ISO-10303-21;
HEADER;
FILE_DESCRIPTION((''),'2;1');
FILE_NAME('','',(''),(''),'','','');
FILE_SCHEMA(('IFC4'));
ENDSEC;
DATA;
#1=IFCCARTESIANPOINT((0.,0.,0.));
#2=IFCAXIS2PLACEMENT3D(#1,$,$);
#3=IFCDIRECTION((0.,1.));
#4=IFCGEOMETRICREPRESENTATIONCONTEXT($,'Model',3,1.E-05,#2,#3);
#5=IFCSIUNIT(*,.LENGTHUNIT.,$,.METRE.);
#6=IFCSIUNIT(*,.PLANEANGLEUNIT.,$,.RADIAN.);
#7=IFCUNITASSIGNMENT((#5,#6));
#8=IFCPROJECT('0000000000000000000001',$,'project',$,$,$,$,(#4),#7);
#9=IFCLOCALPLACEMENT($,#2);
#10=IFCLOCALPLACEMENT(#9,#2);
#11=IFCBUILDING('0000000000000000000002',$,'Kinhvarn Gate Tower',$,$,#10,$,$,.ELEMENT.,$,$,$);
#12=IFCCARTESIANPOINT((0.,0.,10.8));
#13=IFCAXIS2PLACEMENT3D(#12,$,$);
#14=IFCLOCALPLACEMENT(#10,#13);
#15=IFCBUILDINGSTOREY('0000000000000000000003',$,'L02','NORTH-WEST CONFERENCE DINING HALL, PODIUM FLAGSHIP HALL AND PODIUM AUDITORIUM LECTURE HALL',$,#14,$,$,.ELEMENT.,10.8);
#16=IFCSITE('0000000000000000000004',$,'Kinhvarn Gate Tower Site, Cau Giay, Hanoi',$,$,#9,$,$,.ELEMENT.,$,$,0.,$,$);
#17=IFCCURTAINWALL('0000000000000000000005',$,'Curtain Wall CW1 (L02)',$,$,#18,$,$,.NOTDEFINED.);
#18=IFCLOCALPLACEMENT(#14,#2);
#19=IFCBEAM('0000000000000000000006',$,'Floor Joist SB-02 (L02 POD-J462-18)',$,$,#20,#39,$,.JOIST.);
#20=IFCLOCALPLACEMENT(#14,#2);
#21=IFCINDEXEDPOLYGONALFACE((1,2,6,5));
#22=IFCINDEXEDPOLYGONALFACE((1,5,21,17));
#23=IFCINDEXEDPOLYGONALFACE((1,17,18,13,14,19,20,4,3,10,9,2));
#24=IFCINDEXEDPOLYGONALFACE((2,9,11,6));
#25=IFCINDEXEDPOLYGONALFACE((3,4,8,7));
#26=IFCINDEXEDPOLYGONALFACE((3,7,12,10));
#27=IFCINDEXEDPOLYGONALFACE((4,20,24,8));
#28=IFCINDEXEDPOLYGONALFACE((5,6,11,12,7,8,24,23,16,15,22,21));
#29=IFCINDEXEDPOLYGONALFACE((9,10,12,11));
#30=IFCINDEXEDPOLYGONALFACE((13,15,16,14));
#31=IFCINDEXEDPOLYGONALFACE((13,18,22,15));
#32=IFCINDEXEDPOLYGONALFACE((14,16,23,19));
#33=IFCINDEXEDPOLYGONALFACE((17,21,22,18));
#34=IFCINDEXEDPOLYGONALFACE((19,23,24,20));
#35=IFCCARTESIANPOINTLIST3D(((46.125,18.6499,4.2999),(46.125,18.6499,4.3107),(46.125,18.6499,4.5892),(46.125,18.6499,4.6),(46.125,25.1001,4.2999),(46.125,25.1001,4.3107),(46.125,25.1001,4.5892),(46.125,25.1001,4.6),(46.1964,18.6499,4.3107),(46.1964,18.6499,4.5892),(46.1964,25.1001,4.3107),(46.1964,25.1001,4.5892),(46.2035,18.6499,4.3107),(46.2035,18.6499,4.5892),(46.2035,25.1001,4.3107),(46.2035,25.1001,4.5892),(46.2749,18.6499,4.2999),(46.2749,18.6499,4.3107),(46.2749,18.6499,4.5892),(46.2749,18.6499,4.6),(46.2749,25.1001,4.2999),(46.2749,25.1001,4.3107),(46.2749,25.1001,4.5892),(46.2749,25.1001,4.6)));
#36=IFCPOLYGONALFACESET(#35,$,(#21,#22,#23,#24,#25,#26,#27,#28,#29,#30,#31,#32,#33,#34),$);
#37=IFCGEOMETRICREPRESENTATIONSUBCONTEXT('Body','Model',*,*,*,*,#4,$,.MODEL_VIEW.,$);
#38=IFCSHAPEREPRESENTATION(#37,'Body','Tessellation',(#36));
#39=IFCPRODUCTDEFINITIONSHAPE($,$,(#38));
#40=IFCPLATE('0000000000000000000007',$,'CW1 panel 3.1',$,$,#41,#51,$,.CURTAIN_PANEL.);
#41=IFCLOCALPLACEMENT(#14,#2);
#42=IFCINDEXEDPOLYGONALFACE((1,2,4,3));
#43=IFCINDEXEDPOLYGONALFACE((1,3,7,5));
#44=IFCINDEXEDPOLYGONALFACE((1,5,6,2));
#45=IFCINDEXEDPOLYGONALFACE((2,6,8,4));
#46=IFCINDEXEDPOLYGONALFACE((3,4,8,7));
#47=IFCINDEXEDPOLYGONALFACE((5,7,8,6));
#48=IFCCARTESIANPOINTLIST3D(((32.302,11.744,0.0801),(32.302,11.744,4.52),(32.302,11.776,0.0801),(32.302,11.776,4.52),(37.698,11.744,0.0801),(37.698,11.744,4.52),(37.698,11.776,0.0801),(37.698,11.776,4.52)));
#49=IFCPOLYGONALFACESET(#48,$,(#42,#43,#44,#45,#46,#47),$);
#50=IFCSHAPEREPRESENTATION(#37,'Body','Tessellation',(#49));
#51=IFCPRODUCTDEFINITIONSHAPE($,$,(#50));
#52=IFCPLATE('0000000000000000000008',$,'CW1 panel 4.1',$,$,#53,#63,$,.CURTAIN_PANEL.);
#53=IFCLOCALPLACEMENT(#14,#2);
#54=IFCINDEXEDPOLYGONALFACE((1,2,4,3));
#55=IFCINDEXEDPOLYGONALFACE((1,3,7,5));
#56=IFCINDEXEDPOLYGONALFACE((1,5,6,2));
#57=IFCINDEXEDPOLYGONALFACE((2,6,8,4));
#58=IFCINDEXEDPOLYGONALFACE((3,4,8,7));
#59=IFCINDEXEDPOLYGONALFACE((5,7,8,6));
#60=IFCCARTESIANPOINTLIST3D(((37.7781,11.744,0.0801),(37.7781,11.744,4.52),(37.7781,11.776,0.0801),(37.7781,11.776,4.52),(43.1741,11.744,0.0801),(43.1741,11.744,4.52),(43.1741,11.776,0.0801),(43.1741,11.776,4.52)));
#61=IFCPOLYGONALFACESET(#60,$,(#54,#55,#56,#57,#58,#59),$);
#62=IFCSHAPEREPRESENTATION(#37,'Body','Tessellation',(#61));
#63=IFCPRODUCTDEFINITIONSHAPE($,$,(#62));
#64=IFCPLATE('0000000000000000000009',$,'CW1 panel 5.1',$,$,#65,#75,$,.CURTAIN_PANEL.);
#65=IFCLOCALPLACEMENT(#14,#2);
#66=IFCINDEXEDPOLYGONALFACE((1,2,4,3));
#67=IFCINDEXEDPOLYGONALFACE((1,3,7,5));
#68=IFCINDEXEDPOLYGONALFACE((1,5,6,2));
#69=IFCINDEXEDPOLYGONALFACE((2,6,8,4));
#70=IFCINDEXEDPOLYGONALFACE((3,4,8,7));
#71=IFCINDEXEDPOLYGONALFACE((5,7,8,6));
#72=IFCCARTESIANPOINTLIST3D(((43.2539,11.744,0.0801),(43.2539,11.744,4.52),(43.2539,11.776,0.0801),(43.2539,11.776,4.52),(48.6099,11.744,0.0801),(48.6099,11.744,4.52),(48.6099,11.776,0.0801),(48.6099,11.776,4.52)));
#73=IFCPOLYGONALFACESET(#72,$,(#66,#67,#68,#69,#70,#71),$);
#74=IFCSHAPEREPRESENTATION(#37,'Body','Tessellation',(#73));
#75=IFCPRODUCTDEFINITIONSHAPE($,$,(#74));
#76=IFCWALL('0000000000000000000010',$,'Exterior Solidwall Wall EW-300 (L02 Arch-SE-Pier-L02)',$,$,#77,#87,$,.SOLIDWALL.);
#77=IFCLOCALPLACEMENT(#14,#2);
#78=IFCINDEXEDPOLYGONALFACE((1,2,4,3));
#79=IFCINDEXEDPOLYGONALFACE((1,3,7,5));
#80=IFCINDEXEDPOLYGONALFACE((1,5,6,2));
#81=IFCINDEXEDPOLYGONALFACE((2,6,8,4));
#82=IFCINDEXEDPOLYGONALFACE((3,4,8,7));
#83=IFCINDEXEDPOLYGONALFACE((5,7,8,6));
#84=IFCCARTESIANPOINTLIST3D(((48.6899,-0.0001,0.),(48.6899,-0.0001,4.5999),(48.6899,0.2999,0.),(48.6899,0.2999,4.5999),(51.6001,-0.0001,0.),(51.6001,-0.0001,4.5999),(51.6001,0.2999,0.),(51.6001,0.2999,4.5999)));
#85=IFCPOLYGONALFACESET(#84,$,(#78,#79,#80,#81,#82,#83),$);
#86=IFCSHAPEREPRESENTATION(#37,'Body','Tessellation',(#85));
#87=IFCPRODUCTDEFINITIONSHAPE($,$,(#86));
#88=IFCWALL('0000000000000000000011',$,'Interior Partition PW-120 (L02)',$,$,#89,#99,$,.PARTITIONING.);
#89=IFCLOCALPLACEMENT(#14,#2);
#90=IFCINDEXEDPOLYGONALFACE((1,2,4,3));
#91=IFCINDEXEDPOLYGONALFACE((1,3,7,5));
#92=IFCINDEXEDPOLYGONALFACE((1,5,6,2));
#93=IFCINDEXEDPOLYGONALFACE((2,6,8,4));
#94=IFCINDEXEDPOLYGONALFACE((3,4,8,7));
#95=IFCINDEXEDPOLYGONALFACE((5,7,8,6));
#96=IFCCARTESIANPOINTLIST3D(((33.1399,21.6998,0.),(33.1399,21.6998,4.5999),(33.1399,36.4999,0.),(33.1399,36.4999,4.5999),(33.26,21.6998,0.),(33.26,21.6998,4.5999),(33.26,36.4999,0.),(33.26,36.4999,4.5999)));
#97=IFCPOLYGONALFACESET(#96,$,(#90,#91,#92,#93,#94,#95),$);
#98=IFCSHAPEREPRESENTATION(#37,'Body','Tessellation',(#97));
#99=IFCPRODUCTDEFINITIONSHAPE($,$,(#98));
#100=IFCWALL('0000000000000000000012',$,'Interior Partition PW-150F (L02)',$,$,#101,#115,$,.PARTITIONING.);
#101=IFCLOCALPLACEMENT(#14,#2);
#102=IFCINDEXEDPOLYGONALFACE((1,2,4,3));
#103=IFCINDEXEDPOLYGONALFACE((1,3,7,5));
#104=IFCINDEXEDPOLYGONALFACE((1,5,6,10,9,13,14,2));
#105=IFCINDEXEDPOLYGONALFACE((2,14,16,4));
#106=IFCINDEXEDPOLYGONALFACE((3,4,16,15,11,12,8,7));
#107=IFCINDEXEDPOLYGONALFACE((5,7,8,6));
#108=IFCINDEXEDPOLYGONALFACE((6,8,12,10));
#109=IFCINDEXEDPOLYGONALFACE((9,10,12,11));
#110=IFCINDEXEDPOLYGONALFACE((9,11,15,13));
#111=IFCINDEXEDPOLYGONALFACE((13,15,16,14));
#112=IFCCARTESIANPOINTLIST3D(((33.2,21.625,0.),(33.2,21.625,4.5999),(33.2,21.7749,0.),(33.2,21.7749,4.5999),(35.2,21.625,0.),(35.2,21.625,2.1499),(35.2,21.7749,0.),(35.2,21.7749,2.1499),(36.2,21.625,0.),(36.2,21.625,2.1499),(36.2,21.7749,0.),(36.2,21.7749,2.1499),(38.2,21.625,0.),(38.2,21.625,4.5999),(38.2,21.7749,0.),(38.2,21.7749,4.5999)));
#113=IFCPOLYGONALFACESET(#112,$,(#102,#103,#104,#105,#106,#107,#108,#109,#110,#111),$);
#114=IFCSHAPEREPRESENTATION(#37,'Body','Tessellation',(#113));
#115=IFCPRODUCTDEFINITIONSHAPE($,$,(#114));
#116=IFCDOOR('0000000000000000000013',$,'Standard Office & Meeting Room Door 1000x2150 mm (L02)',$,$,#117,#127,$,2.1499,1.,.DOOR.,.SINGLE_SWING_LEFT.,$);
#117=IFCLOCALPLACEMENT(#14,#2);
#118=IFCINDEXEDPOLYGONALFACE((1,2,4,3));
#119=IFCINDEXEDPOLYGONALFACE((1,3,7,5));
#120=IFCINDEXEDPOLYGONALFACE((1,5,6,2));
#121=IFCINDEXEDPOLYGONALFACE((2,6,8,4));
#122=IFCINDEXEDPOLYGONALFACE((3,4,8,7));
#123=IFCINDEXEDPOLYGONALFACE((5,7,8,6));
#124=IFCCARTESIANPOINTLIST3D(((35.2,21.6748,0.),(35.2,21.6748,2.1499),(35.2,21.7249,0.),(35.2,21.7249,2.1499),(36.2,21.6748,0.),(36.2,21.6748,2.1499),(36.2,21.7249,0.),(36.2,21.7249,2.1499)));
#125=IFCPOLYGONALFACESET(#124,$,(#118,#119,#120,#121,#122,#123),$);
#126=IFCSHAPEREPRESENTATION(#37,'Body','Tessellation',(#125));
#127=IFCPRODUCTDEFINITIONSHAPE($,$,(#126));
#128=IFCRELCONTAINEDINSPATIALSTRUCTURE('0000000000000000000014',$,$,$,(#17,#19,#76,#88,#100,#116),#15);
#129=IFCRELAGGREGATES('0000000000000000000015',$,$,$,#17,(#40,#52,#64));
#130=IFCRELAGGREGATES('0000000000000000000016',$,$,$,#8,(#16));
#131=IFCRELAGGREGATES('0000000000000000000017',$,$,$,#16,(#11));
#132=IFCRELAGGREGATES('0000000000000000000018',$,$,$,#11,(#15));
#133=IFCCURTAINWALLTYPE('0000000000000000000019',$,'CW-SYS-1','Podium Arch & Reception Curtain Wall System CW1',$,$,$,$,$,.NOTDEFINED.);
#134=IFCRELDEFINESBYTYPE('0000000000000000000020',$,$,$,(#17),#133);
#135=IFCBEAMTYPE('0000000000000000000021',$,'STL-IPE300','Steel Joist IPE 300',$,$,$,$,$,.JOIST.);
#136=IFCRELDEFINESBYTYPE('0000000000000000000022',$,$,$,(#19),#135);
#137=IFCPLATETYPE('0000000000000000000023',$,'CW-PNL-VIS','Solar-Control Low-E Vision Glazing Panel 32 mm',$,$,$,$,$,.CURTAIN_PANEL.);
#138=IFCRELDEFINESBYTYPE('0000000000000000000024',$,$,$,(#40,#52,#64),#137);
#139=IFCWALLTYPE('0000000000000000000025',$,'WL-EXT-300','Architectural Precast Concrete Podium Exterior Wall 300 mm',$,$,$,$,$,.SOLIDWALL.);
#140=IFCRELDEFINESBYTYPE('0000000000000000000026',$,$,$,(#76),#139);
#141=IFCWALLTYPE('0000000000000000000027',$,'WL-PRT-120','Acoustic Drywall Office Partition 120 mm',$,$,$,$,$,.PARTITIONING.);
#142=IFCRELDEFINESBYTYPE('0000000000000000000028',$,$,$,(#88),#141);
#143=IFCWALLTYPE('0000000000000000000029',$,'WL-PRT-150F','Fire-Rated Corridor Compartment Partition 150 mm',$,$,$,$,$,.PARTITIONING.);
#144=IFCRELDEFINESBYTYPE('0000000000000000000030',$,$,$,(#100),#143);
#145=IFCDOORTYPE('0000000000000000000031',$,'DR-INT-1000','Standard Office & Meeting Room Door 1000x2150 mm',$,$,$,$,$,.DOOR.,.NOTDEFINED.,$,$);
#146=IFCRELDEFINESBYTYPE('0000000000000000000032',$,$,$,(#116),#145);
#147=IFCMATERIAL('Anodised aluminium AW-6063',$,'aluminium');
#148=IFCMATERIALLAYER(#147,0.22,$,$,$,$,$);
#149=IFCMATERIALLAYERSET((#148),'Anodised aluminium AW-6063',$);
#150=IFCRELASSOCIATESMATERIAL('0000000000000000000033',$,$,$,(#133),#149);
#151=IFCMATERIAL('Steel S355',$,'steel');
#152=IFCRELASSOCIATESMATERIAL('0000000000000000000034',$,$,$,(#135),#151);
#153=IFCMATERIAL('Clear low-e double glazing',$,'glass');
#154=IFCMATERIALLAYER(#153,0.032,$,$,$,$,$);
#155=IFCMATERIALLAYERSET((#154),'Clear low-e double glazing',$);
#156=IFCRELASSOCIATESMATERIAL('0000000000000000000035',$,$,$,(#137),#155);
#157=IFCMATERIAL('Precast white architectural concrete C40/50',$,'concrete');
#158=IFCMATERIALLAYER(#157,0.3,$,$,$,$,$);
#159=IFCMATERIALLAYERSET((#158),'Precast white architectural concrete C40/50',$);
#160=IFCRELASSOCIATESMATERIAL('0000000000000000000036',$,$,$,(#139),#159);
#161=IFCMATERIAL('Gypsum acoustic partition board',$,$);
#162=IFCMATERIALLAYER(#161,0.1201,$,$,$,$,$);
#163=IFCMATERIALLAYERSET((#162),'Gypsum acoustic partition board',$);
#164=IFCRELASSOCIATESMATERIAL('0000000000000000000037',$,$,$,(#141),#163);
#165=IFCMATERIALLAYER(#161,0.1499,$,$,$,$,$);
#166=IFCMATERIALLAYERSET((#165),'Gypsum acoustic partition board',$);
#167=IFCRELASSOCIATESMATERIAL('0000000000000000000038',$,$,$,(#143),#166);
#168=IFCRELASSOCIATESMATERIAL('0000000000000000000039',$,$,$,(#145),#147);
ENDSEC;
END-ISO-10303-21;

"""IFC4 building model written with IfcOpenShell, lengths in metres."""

from ifc_helpers import new_model, si_unit, direction, frame, frame_2d, origin, origin_2d, place, context, subcontext, project, spatial, rectangle, i_section, extrude, material, layer, layer_set, material_profile, profile_set, type_object, element, fill, aggregate, save


model = new_model("IFC4")

# Units and contexts
model_context = context("Model", 3, precision=1e-05, world=origin(), true_north=direction((0.0, 1.0)))
body_context = subcontext(model_context, "Body", "Model", "MODEL_VIEW")
ifc_project = project(units=[si_unit("LENGTHUNIT", "METRE"), si_unit("PLANEANGLEUNIT", "RADIAN")], contexts=[model_context])

# Site, building, storey
site_placement = place(None, origin())
site = spatial("IfcSite", under=ifc_project, at=site_placement, Name="Kinhvarn Gate Tower Site, Cau Giay, Hanoi", CompositionType="ELEMENT", RefElevation=0.0)
building_placement = place(site_placement, origin())
building = spatial("IfcBuilding", under=site, at=building_placement, Name="Kinhvarn Gate Tower", CompositionType="ELEMENT")
storey_placement = place(building_placement, frame((0.0, 0.0, 10.8)))
storey = spatial("IfcBuildingStorey", under=building, at=storey_placement, Name="L02", Description="NORTH-WEST CONFERENCE DINING HALL, PODIUM FLAGSHIP HALL AND PODIUM AUDITORIUM LECTURE HALL", CompositionType="ELEMENT", Elevation=10.8)

# Curtain wall
ifc_material_1 = material(Name="Anodised aluminium AW-6063", Category="aluminium")
ifc_layer_1 = layer(ifc_material_1, 0.22)
ifc_layer_set_1 = layer_set([ifc_layer_1], Name="Anodised aluminium AW-6063")
curtain_wall_type = type_object("IfcCurtainWallType", Name="CW-SYS-1", Description="Podium Arch & Reception Curtain Wall System CW1", PredefinedType="NOTDEFINED", material=ifc_layer_set_1)
curtain_wall_placement = place(storey_placement, origin())
curtain_wall = element("IfcCurtainWall", 1, at=curtain_wall_placement, inside=storey, type_object=curtain_wall_type, Name="Curtain Wall CW1 (L02)", PredefinedType="NOTDEFINED")

# Beam
ifc_material_2 = material(Name="Steel S355", Category="steel")
ifc_material_profile_1 = material_profile(ifc_material_2, i_section(OverallWidth=0.1499, OverallDepth=0.3, WebThickness=0.0071, FlangeThickness=0.0107, at=origin_2d()), Name="IPE 300")
ifc_profile_set_1 = profile_set([ifc_material_profile_1], Name="Steel S355")
beam_type_1 = type_object("IfcBeamType", Name="STL-IPE300", Description="Steel Joist IPE 300", PredefinedType="JOIST", material=ifc_profile_set_1)
for number, where, z_axis, x_axis, name in (
    (2, (46.2, 18.6499, 4.45), (0.0, 1.0, 0.0), (-1.0, 0.0, 0.0), "Floor Joist SB-02 (L02 POD-J462-18)"),
):
    element("IfcBeam", number, at=place(storey_placement, frame(where, z_axis=z_axis, x_axis=x_axis)), inside=storey, type_object=beam_type_1, Name=name, PredefinedType="JOIST", context=body_context, shape_type="SweptSolid", body=[
        extrude(i_section(OverallWidth=0.1499, OverallDepth=0.3, WebThickness=0.0071, FlangeThickness=0.0107, at=origin_2d()), origin(), (0.0, 0.0, 1.0), 6.4502),
    ])

# Plates
ifc_material_3 = material(Name="Clear low-e double glazing", Category="glass")
ifc_layer_2 = layer(ifc_material_3, 0.032)
ifc_layer_set_2 = layer_set([ifc_layer_2], Name="Clear low-e double glazing")
plate_type = type_object("IfcPlateType", Name="CW-PNL-VIS", Description="Solar-Control Low-E Vision Glazing Panel 32 mm", PredefinedType="CURTAIN_PANEL", material=ifc_layer_set_2)
plate_1_placement = place(storey_placement, frame((35.0, 11.76, 0.0801), z_axis=(0.0, 0.0, 1.0), x_axis=(1.0, 0.0, 0.0)))
plate_1 = element("IfcPlate", 3, at=plate_1_placement, type_object=plate_type, Name="CW1 panel 3.1", PredefinedType="CURTAIN_PANEL", context=body_context, shape_type="SweptSolid", body=[
    extrude(rectangle(XDim=5.396, YDim=0.032, at=origin_2d()), origin(), (0.0, 0.0, 1.0), 4.4399),
])
plate_2_placement = place(storey_placement, frame((40.4761, 11.76, 0.0801), z_axis=(0.0, 0.0, 1.0), x_axis=(1.0, 0.0, 0.0)))
plate_2 = element("IfcPlate", 4, at=plate_2_placement, type_object=plate_type, Name="CW1 panel 4.1", PredefinedType="CURTAIN_PANEL", context=body_context, shape_type="SweptSolid", body=[
    extrude(rectangle(XDim=5.396, YDim=0.032, at=origin_2d()), origin(), (0.0, 0.0, 1.0), 4.4399),
])
plate_3_placement = place(storey_placement, frame((45.9319, 11.76, 0.0801), z_axis=(0.0, 0.0, 1.0), x_axis=(1.0, 0.0, 0.0)))
plate_3 = element("IfcPlate", 5, at=plate_3_placement, type_object=plate_type, Name="CW1 panel 5.1", PredefinedType="CURTAIN_PANEL", context=body_context, shape_type="SweptSolid", body=[
    extrude(rectangle(XDim=5.356, YDim=0.032, at=origin_2d()), origin(), (0.0, 0.0, 1.0), 4.4399),
])
aggregate(curtain_wall, [plate_1, plate_2, plate_3])

# Walls
ifc_material_4 = material(Name="Precast white architectural concrete C40/50", Category="concrete")
ifc_layer_3 = layer(ifc_material_4, 0.3)
ifc_layer_set_3 = layer_set([ifc_layer_3], Name="Precast white architectural concrete C40/50")
wall_type_1 = type_object("IfcWallType", Name="WL-EXT-300", Description="Architectural Precast Concrete Podium Exterior Wall 300 mm", PredefinedType="SOLIDWALL", material=ifc_layer_set_3)
wall_1_placement = place(storey_placement, frame((48.6899, 0.1499, 0.0), z_axis=(0.0, 0.0, 1.0), x_axis=(1.0, 0.0, 0.0)))
element("IfcWall", 6, at=wall_1_placement, inside=storey, type_object=wall_type_1, Name="Exterior Solidwall Wall EW-300 (L02 Arch-SE-Pier-L02)", PredefinedType="SOLIDWALL", context=body_context, shape_type="SweptSolid", body=[
    extrude(rectangle(XDim=2.9102, YDim=0.3, at=frame_2d((1.4551, 0.0))), origin(), (0.0, 0.0, 1.0), 4.5999),
])
ifc_material_5 = material(Name="Gypsum acoustic partition board")
ifc_layer_4 = layer(ifc_material_5, 0.1201)
ifc_layer_set_4 = layer_set([ifc_layer_4], Name="Gypsum acoustic partition board")
wall_type_2 = type_object("IfcWallType", Name="WL-PRT-120", Description="Acoustic Drywall Office Partition 120 mm", PredefinedType="PARTITIONING", material=ifc_layer_set_4)
wall_2_placement = place(storey_placement, frame((33.2, 21.7, 0.0), z_axis=(0.0, 0.0, 1.0), x_axis=(0.0, 1.0, 0.0)))
element("IfcWall", 7, at=wall_2_placement, inside=storey, type_object=wall_type_2, Name="Interior Partition PW-120 (L02)", PredefinedType="PARTITIONING", context=body_context, shape_type="SweptSolid", body=[
    extrude(rectangle(XDim=14.8, YDim=0.1201, at=frame_2d((7.3999, 0.0))), origin(), (0.0, 0.0, 1.0), 4.5999),
])

# Wall, opening, door
ifc_layer_5 = layer(ifc_material_5, 0.1499)
ifc_layer_set_5 = layer_set([ifc_layer_5], Name="Gypsum acoustic partition board")
wall_type_3 = type_object("IfcWallType", Name="WL-PRT-150F", Description="Fire-Rated Corridor Compartment Partition 150 mm", PredefinedType="PARTITIONING", material=ifc_layer_set_5)
wall_3_placement = place(storey_placement, frame((33.2, 21.7, 0.0), z_axis=(0.0, 0.0, 1.0), x_axis=(1.0, 0.0, 0.0)))
wall_3 = element("IfcWall", 8, at=wall_3_placement, inside=storey, type_object=wall_type_3, Name="Interior Partition PW-150F (L02)", PredefinedType="PARTITIONING", context=body_context, shape_type="SweptSolid", body=[
    extrude(rectangle(XDim=5.0, YDim=0.1499, at=frame_2d((2.5, 0.0))), origin(), (0.0, 0.0, 1.0), 4.5999),
])
opening_placement = place(wall_3_placement, frame((2.0, 0.0, 0.0)))
opening = element("IfcOpeningElement", 9, at=opening_placement, cuts=wall_3, PredefinedType="OPENING", context=body_context, shape_type="SweptSolid", body=[
    extrude(rectangle(XDim=1.0, YDim=2.1499, at=frame_2d((0.5, 1.075))), frame((0.0, 0.085, 0.0), z_axis=(0.0, -1.0, 0.0), x_axis=(1.0, 0.0, 0.0)), (0.0, 0.0, 1.0), 0.1699),
])
door_type = type_object("IfcDoorType", Name="DR-INT-1000", Description="Standard Office & Meeting Room Door 1000x2150 mm", OperationType="NOTDEFINED", PredefinedType="DOOR", material=ifc_material_1)
door_placement = place(opening_placement, origin())
door = element("IfcDoor", 10, at=door_placement, inside=storey, type_object=door_type, Name="Standard Office & Meeting Room Door 1000x2150 mm (L02)", OperationType="SINGLE_SWING_LEFT", OverallHeight=2.1499, OverallWidth=1.0, PredefinedType="DOOR", context=body_context, shape_type="SweptSolid", body=[
    extrude(rectangle(XDim=1.0, YDim=2.1499, at=frame_2d((0.5, 1.075))), frame((0.0, 0.0249, 0.0), z_axis=(0.0, -1.0, 0.0), x_axis=(1.0, 0.0, 0.0)), (0.0, 0.0, 1.0), 0.05),
])
fill(opening, door)

save(model, "model.ifc")
